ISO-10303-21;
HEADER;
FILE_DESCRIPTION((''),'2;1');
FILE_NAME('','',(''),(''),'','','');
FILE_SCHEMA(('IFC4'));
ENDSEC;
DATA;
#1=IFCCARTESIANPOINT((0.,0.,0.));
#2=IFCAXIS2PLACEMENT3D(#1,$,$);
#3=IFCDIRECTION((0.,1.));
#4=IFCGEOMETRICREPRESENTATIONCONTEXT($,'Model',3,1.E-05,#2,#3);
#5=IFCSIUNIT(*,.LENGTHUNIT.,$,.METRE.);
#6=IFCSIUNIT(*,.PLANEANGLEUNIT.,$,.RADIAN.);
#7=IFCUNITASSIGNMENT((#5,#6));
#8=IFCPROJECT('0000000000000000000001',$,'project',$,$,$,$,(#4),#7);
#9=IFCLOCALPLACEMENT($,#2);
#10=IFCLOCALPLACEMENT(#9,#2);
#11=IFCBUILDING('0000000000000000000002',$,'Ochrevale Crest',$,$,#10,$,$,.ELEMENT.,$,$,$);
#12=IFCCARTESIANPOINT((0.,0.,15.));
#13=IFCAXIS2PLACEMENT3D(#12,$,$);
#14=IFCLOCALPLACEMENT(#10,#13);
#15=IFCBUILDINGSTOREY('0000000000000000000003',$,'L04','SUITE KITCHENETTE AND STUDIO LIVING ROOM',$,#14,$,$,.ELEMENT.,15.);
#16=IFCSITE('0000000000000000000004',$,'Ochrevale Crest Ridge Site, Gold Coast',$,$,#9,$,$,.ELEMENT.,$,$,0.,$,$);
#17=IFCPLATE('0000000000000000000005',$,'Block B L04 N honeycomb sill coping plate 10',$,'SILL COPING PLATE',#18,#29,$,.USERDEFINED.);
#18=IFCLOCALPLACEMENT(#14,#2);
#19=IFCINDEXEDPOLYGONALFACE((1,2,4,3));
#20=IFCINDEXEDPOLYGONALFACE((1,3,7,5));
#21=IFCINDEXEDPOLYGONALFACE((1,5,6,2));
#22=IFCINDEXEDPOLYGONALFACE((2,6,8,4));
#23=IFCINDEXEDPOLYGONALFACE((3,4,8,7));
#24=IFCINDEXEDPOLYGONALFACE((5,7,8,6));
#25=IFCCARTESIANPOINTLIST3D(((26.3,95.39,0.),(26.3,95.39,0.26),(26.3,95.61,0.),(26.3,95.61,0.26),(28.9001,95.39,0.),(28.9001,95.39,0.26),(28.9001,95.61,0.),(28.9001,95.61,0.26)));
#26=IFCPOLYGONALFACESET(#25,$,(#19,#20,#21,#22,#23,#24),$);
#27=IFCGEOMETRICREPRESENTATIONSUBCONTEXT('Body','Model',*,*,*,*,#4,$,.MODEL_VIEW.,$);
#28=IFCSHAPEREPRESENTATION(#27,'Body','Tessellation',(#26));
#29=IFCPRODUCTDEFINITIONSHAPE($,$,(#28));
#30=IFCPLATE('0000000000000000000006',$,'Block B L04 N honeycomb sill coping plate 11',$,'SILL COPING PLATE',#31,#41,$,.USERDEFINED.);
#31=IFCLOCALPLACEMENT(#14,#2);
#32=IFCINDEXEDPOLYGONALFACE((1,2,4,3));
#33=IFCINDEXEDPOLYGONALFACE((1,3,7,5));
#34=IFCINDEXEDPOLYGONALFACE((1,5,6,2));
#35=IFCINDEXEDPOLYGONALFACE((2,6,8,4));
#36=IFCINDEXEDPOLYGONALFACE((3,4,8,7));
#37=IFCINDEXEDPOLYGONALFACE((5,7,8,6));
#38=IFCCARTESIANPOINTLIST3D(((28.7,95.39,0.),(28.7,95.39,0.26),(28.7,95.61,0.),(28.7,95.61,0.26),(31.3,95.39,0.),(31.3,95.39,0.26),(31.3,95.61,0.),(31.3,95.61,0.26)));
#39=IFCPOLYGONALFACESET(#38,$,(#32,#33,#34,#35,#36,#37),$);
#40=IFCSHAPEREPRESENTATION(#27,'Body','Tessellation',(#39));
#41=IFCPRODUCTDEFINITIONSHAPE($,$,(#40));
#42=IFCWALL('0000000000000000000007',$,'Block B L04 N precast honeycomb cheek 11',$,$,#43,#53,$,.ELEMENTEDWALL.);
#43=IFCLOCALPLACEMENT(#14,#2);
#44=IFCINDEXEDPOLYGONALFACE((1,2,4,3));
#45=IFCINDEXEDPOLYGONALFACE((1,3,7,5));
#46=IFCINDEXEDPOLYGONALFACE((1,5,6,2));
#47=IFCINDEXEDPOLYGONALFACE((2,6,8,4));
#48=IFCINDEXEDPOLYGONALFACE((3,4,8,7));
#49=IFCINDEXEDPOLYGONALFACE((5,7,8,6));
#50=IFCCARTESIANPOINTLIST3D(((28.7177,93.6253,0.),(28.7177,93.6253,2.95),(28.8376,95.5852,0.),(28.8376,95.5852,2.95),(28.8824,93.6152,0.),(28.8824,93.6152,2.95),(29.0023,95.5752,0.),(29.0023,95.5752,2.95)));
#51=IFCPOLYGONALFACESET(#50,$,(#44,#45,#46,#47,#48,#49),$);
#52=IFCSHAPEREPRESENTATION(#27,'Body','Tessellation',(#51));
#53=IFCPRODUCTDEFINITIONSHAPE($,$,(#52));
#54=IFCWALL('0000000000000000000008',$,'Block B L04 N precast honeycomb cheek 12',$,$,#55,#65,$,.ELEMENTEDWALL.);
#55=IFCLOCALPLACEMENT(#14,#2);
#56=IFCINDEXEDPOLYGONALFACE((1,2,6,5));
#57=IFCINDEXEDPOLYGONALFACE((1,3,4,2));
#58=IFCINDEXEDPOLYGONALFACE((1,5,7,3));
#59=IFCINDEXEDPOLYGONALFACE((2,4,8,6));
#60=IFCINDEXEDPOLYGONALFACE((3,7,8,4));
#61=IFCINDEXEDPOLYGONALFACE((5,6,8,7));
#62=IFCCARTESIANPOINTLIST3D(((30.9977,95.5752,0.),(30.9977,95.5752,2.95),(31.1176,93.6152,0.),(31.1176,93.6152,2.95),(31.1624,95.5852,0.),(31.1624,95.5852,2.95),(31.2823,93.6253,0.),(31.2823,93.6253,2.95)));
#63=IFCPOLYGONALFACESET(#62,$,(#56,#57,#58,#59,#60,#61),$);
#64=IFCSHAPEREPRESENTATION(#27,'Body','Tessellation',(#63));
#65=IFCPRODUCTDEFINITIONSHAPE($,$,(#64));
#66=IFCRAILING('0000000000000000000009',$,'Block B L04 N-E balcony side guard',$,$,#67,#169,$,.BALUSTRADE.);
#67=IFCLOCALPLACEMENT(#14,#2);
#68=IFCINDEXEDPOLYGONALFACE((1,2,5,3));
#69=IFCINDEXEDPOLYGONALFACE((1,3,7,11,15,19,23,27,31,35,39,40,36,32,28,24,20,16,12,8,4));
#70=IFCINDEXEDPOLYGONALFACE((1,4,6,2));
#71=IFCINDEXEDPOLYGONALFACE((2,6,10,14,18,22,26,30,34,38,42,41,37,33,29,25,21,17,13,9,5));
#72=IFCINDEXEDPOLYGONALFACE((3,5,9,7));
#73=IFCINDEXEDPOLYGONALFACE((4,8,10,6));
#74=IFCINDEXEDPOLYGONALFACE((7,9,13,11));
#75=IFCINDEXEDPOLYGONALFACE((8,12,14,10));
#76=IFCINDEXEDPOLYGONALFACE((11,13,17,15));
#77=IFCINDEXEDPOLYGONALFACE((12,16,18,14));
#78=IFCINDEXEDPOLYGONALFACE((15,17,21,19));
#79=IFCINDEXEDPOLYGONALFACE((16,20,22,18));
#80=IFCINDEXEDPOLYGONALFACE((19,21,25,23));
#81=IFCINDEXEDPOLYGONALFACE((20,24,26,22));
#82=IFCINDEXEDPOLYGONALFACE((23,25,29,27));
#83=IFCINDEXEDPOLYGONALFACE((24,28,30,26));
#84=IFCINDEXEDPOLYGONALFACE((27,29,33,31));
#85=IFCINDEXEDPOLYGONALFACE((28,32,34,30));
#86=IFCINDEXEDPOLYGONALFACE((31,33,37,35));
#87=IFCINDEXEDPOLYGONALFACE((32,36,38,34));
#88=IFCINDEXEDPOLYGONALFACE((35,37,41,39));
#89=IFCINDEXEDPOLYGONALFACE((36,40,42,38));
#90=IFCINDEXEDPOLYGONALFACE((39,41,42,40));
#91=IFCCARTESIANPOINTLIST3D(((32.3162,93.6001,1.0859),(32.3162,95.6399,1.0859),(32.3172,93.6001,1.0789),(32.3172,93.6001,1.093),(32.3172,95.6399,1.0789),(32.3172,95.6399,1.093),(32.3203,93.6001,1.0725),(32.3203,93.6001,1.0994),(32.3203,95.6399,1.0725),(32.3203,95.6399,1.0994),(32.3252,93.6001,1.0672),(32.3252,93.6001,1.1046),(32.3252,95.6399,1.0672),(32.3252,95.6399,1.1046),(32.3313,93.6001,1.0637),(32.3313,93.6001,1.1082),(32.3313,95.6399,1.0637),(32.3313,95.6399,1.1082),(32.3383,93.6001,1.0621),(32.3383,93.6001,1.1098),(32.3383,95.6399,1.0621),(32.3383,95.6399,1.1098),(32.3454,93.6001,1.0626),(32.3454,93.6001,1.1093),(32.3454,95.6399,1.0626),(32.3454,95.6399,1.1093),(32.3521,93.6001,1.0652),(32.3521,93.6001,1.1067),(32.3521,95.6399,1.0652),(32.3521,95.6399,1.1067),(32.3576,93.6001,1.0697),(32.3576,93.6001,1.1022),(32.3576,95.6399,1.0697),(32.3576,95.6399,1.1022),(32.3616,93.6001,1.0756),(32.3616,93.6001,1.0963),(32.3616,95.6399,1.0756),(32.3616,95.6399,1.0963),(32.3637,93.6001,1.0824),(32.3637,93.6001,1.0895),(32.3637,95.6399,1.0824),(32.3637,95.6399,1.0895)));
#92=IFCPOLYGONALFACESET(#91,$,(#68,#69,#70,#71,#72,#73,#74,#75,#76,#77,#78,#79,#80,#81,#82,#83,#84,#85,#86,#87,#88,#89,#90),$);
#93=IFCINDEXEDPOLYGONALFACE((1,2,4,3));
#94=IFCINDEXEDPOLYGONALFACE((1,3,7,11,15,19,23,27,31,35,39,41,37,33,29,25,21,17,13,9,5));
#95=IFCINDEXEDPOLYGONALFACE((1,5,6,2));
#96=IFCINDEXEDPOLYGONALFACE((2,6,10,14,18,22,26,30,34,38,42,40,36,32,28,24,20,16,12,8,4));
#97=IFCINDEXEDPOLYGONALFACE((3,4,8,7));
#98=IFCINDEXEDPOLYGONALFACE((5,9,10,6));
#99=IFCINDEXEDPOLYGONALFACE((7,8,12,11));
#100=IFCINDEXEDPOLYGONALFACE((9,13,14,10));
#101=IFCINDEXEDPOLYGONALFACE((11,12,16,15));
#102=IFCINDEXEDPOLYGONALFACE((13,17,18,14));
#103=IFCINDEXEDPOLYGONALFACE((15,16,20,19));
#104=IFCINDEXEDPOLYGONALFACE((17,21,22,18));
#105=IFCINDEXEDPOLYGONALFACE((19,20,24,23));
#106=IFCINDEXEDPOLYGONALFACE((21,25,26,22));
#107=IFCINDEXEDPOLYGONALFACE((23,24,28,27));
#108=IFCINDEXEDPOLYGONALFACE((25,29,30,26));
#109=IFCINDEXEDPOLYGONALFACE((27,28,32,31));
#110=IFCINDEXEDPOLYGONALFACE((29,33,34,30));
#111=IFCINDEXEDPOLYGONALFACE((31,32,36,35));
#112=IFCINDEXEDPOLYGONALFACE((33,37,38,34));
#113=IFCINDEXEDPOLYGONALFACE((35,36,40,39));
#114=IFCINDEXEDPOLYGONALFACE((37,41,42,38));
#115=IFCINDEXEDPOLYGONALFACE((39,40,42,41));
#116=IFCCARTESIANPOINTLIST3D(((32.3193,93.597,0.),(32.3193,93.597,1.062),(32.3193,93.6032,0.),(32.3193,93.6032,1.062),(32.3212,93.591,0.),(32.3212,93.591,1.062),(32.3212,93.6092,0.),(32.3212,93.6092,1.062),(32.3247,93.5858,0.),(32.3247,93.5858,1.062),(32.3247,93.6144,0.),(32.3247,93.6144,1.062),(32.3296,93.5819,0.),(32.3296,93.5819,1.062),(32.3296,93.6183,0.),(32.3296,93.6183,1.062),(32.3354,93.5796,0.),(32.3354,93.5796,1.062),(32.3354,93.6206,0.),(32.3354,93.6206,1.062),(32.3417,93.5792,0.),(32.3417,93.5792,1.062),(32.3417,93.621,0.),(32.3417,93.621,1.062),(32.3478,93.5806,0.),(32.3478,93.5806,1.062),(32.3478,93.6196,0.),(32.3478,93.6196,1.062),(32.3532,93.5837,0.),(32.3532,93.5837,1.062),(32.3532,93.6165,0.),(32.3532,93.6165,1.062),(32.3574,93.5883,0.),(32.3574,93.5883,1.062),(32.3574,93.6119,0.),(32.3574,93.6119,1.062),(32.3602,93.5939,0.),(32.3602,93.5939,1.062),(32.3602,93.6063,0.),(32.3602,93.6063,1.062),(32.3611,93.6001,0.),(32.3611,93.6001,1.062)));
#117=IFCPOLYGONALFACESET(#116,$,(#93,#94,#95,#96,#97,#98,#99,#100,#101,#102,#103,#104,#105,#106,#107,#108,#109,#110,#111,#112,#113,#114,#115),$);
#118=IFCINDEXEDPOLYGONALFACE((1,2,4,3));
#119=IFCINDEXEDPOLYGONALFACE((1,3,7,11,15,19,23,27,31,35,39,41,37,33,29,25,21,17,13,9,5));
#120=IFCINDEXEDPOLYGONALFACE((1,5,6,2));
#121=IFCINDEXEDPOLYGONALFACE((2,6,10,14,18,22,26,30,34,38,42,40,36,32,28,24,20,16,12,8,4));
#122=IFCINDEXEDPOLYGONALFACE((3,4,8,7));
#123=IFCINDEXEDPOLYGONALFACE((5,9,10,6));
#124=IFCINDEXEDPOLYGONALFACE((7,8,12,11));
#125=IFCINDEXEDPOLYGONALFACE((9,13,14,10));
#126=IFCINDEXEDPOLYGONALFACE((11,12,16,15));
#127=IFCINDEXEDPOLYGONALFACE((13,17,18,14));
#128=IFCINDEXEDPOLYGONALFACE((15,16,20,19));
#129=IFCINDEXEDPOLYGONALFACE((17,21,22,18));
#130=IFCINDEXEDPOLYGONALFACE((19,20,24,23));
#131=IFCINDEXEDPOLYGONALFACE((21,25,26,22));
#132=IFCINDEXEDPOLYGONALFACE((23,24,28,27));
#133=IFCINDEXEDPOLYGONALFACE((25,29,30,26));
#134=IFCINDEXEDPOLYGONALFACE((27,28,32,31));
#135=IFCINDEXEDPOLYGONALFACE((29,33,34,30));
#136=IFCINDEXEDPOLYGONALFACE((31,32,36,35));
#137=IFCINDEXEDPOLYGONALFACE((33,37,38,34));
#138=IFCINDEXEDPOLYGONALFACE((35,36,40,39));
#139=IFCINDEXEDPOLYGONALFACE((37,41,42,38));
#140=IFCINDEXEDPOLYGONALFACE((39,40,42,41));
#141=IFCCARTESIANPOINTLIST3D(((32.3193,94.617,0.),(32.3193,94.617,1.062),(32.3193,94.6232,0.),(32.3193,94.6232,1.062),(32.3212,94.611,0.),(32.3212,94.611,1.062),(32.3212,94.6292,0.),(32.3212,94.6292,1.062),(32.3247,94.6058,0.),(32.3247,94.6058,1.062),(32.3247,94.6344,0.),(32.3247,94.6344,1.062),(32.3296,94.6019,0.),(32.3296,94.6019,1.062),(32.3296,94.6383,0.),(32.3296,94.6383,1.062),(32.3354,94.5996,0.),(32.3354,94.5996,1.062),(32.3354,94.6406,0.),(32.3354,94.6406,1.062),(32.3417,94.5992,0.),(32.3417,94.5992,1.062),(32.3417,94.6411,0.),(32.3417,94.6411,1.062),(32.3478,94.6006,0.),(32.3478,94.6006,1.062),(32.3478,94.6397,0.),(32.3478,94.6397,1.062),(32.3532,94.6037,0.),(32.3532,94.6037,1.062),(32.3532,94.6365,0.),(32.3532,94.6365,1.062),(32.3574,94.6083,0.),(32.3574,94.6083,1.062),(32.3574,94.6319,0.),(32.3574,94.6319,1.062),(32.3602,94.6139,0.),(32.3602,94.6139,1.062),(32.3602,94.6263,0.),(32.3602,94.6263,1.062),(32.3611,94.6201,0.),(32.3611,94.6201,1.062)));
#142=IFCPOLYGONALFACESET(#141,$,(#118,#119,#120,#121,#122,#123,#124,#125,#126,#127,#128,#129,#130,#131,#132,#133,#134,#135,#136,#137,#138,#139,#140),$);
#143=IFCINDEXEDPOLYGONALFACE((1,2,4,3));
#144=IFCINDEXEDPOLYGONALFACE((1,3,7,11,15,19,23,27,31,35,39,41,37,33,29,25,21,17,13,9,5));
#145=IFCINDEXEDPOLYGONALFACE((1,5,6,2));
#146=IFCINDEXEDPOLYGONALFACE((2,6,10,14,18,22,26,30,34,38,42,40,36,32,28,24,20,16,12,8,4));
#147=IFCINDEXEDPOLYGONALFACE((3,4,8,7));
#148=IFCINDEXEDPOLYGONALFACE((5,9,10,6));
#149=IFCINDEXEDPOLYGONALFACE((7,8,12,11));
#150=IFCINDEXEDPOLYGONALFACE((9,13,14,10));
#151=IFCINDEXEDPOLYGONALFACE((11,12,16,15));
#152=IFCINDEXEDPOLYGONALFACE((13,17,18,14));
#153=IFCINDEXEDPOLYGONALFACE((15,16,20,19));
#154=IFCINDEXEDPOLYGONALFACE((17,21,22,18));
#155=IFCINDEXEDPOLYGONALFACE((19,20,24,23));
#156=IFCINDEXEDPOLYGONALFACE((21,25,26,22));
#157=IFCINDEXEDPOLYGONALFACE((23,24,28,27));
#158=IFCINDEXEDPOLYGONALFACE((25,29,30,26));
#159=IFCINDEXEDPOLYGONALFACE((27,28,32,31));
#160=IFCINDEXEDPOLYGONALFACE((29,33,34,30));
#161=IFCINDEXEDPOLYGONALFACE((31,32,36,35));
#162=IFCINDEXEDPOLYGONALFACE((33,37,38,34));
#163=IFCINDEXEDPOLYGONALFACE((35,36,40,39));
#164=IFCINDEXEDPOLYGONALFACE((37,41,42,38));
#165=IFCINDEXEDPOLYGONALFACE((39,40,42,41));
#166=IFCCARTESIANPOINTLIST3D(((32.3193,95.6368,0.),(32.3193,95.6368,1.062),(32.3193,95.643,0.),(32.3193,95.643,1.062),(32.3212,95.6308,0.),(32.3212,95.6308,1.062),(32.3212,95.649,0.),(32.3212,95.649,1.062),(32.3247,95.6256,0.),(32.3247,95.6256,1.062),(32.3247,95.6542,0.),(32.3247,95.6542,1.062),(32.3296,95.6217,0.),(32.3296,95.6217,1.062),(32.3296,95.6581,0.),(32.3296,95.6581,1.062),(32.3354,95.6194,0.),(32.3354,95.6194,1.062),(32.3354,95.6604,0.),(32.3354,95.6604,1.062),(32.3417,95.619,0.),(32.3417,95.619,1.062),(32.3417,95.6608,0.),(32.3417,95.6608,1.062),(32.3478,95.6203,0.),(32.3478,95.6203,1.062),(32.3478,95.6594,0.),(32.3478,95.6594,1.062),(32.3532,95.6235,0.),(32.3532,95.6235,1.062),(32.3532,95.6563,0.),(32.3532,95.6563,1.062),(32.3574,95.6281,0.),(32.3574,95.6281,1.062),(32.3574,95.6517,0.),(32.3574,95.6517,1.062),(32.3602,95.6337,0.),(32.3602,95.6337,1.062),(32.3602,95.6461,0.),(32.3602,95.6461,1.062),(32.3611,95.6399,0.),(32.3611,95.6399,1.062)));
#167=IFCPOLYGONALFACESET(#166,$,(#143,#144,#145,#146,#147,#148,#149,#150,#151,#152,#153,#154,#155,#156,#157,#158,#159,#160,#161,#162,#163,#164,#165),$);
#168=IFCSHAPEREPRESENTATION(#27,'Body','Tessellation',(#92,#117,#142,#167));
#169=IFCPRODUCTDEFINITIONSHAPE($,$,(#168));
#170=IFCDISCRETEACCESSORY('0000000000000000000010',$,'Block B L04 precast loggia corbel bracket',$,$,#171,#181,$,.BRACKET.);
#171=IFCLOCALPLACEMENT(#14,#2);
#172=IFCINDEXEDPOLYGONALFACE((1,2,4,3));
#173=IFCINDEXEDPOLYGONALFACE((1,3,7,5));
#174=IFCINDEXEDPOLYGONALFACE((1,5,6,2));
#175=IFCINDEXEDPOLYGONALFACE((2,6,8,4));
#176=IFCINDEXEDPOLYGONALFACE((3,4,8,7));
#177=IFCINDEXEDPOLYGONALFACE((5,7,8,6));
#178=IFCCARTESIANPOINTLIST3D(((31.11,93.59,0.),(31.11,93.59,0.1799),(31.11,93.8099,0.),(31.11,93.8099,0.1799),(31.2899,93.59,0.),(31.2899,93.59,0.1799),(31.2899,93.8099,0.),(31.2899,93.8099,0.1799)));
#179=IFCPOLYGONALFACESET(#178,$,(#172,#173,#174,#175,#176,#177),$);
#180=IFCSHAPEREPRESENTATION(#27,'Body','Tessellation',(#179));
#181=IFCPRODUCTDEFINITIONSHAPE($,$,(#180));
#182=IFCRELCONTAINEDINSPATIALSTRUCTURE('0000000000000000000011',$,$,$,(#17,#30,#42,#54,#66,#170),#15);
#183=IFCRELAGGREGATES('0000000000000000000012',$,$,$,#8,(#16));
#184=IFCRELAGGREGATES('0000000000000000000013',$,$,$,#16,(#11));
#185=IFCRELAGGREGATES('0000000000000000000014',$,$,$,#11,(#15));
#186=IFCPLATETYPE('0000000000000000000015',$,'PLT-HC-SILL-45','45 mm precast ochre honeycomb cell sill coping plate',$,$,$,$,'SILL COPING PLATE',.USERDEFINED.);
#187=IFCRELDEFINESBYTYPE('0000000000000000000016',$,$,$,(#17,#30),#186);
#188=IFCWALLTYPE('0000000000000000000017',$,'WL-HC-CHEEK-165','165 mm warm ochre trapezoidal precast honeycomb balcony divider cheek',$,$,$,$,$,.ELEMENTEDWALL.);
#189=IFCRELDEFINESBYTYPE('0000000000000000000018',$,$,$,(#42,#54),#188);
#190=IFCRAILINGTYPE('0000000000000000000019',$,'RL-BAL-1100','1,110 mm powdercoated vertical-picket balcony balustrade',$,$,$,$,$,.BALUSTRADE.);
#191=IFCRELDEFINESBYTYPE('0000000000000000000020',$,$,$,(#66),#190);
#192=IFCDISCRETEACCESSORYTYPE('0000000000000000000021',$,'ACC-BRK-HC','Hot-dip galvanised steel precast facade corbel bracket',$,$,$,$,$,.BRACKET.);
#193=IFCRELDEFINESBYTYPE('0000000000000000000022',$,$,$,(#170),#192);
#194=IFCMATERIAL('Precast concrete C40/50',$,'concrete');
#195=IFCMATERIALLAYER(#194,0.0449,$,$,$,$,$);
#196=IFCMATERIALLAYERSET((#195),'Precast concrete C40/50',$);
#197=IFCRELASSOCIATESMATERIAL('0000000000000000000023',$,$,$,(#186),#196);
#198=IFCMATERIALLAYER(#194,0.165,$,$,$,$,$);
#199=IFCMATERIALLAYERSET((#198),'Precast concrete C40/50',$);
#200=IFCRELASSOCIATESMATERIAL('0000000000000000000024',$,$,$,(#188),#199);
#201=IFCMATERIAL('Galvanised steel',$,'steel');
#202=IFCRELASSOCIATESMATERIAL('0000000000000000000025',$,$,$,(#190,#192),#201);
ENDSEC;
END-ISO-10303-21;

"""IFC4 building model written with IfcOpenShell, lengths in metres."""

from ifc_helpers import new_model, si_unit, direction, frame, frame_2d, origin, origin_2d, place, context, subcontext, project, spatial, rectangle, circle, extrude, material, layer, layer_set, type_object, element, save


model = new_model("IFC4")

# Units and contexts
model_context = context("Model", 3, precision=1e-05, world=origin(), true_north=direction((0.0, 1.0)))
body_context = subcontext(model_context, "Body", "Model", "MODEL_VIEW")
ifc_project = project(units=[si_unit("LENGTHUNIT", "METRE"), si_unit("PLANEANGLEUNIT", "RADIAN")], contexts=[model_context])

# Site, building, storey
site_placement = place(None, origin())
site = spatial("IfcSite", under=ifc_project, at=site_placement, Name="Ochrevale Crest Ridge Site, Gold Coast", CompositionType="ELEMENT", RefElevation=0.0)
building_placement = place(site_placement, origin())
building = spatial("IfcBuilding", under=site, at=building_placement, Name="Ochrevale Crest", CompositionType="ELEMENT")
storey_placement = place(building_placement, frame((0.0, 0.0, 15.0)))
storey = spatial("IfcBuildingStorey", under=building, at=storey_placement, Name="L04", Description="SUITE KITCHENETTE AND STUDIO LIVING ROOM", CompositionType="ELEMENT", Elevation=15.0)

# Plates
ifc_material_1 = material(Name="Precast concrete C40/50", Category="concrete")
ifc_layer_1 = layer(ifc_material_1, 0.0449)
ifc_layer_set_1 = layer_set([ifc_layer_1], Name="Precast concrete C40/50")
plate_type_1 = type_object("IfcPlateType", Name="PLT-HC-SILL-45", Description="45 mm precast ochre honeycomb cell sill coping plate", ElementType="SILL COPING PLATE", PredefinedType="USERDEFINED", material=ifc_layer_set_1)
for number, where, z_axis, x_axis, name in (
    (1, (27.6001, 95.5, 0.0), (0.0, 0.0, 1.0), (1.0, 0.0, 0.0), "Block B L04 N honeycomb sill coping plate 10"),
    (2, (30.0, 95.5, 0.0), (0.0, 0.0, 1.0), (1.0, 0.0, 0.0), "Block B L04 N honeycomb sill coping plate 11"),
):
    element("IfcPlate", number, at=place(storey_placement, frame(where, z_axis=z_axis, x_axis=x_axis)), inside=storey, type_object=plate_type_1, Name=name, ObjectType="SILL COPING PLATE", PredefinedType="USERDEFINED", context=body_context, shape_type="SweptSolid", body=[
        extrude(rectangle(XDim=2.6001, YDim=0.22, at=origin_2d()), origin(), (0.0, 0.0, 1.0), 0.26),
    ])

# Walls
ifc_layer_2 = layer(ifc_material_1, 0.165)
ifc_layer_set_2 = layer_set([ifc_layer_2], Name="Precast concrete C40/50")
wall_type_1 = type_object("IfcWallType", Name="WL-HC-CHEEK-165", Description="165 mm warm ochre trapezoidal precast honeycomb balcony divider cheek", PredefinedType="ELEMENTEDWALL", material=ifc_layer_set_2)
for number, where, z_axis, x_axis, name in (
    (3, (28.8, 93.6201, 0.0), (0.0, 0.0, 1.0), (0.061047, 0.998135, 0.0), "Block B L04 N precast honeycomb cheek 11"),
    (4, (31.2, 93.6201, 0.0), (0.0, 0.0, 1.0), (-0.061047, 0.998135, 0.0), "Block B L04 N precast honeycomb cheek 12"),
):
    element("IfcWall", number, at=place(storey_placement, frame(where, z_axis=z_axis, x_axis=x_axis)), inside=storey, type_object=wall_type_1, Name=name, PredefinedType="ELEMENTEDWALL", context=body_context, shape_type="SweptSolid", body=[
        extrude(rectangle(XDim=1.9636, YDim=0.165, at=frame_2d((0.9819, 0.0))), origin(), (0.0, 0.0, 1.0), 2.95),
    ])

# Railing
ifc_material_2 = material(Name="Galvanised steel", Category="steel")
railing_type = type_object("IfcRailingType", Name="RL-BAL-1100", Description="1,110 mm powdercoated vertical-picket balcony balustrade", PredefinedType="BALUSTRADE", material=ifc_material_2)
railing_placement = place(storey_placement, frame((32.3401, 93.6001, 0.0)))
element("IfcRailing", 5, at=railing_placement, inside=storey, type_object=railing_type, Name="Block B L04 N-E balcony side guard", PredefinedType="BALUSTRADE", context=body_context, shape_type="SweptSolid", body=[
    extrude(circle(Radius=0.0239, at=origin_2d()), frame((0.0, 0.0, 1.0859), z_axis=(0.0, 1.0, 0.0), x_axis=(-1.0, 0.0, 0.0)), (0.0, 0.0, 1.0), 2.0398),
    extrude(circle(Radius=0.021, at=origin_2d()), origin(), (0.0, 0.0, 1.0), 1.062),
    extrude(circle(Radius=0.021, at=origin_2d()), frame((0.0, 1.02, 0.0)), (0.0, 0.0, 1.0), 1.062),
    extrude(circle(Radius=0.021, at=origin_2d()), frame((0.0, 2.0398, 0.0)), (0.0, 0.0, 1.0), 1.062),
])

# Discrete accessory
discrete_accessory_type = type_object("IfcDiscreteAccessoryType", Name="ACC-BRK-HC", Description="Hot-dip galvanised steel precast facade corbel bracket", PredefinedType="BRACKET", material=ifc_material_2)
discrete_accessory_placement = place(storey_placement, frame((31.2, 93.7, 0.0), z_axis=(0.0, 0.0, 1.0), x_axis=(1.0, 0.0, 0.0)))
element("IfcDiscreteAccessory", 6, at=discrete_accessory_placement, inside=storey, type_object=discrete_accessory_type, Name="Block B L04 precast loggia corbel bracket", PredefinedType="BRACKET", context=body_context, shape_type="SweptSolid", body=[
    extrude(rectangle(XDim=0.1799, YDim=0.22, at=origin_2d()), origin(), (0.0, 0.0, 1.0), 0.1799),
])

save(model, "model.ifc")
